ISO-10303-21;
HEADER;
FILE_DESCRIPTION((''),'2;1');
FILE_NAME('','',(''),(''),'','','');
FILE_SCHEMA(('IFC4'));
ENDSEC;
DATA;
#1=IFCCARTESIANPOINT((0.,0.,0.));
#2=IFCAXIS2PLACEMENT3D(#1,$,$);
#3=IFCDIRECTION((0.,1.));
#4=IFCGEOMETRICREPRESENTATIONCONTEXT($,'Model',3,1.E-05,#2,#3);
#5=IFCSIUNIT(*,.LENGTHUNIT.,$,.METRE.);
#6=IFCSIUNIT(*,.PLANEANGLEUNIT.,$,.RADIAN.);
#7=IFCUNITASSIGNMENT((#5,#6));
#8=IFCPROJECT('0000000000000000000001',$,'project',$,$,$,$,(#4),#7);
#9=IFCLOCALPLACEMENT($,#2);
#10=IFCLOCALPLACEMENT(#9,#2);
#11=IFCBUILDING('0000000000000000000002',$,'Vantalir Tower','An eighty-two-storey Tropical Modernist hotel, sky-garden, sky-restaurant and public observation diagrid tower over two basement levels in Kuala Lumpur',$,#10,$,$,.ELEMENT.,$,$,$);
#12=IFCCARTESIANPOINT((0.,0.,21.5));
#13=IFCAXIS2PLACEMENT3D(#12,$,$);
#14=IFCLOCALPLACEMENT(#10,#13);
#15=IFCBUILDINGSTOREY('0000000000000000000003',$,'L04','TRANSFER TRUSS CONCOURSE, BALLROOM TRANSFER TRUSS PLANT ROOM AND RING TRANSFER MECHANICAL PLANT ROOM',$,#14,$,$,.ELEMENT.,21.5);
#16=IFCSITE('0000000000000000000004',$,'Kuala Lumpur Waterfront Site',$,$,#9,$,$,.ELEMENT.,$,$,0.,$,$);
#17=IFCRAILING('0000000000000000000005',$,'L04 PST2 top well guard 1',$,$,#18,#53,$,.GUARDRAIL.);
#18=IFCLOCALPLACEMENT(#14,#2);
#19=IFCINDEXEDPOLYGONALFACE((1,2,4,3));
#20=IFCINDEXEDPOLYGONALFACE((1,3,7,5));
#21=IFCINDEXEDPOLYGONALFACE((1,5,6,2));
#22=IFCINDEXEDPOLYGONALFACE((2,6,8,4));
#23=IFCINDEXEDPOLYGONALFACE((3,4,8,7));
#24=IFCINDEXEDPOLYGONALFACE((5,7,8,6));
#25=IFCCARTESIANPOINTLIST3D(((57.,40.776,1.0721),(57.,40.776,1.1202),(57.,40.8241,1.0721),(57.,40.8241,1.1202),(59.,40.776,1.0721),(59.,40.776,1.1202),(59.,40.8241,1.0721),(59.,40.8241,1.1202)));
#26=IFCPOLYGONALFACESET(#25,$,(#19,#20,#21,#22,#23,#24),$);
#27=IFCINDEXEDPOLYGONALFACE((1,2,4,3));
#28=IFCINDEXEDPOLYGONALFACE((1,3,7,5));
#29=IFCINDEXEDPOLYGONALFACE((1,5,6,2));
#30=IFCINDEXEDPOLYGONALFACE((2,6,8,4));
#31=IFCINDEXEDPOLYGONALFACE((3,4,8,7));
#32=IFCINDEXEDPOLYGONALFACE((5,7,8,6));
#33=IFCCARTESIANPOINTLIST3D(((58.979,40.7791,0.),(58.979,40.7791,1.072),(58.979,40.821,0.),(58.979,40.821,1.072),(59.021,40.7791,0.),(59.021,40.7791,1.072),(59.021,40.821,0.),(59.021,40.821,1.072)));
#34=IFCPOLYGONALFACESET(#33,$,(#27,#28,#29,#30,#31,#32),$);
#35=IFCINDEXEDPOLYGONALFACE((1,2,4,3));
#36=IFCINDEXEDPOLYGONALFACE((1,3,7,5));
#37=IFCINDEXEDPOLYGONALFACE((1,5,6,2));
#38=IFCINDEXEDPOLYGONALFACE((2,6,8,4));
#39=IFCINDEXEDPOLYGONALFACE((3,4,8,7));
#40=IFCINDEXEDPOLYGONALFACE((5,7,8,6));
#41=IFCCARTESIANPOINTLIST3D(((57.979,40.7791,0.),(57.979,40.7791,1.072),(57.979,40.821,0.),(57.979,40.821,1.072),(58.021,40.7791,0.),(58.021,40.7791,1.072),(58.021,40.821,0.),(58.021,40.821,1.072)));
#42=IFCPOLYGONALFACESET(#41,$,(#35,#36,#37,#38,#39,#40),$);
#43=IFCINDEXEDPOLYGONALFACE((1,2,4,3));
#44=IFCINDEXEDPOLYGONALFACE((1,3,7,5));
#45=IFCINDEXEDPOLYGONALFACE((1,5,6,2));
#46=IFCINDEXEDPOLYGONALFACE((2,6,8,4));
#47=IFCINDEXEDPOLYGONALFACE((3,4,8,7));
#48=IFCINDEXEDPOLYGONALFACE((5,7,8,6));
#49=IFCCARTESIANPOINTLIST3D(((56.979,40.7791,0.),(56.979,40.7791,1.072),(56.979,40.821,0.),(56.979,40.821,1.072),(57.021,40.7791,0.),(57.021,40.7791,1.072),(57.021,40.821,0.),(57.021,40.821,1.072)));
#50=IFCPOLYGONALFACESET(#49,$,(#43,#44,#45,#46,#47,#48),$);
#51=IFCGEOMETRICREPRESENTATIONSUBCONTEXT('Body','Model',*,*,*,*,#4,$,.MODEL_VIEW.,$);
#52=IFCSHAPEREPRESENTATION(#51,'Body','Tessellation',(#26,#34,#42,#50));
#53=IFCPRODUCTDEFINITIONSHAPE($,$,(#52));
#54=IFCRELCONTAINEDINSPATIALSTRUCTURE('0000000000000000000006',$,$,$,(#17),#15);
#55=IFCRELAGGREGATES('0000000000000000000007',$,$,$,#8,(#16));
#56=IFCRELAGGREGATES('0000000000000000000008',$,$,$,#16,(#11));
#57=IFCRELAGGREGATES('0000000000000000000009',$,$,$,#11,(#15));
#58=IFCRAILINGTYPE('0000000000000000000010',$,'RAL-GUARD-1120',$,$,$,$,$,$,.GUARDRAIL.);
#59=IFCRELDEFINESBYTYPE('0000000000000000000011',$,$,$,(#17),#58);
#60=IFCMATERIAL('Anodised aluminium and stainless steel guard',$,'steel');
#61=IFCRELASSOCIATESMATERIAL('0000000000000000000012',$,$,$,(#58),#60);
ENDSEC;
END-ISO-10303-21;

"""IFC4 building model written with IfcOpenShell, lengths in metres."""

from ifc_helpers import new_model, si_unit, direction, frame, origin, origin_2d, place, context, subcontext, project, spatial, rectangle, extrude, material, type_object, element, save


model = new_model("IFC4")

# Units and contexts
model_context = context("Model", 3, precision=1e-05, world=origin(), true_north=direction((0.0, 1.0)))
body_context = subcontext(model_context, "Body", "Model", "MODEL_VIEW")
ifc_project = project(units=[si_unit("LENGTHUNIT", "METRE"), si_unit("PLANEANGLEUNIT", "RADIAN")], contexts=[model_context])

# Site, building, storey
site_placement = place(None, origin())
site = spatial("IfcSite", under=ifc_project, at=site_placement, Name="Kuala Lumpur Waterfront Site", CompositionType="ELEMENT", RefElevation=0.0)
building_placement = place(site_placement, origin())
building = spatial("IfcBuilding", under=site, at=building_placement, Name="Vantalir Tower", Description="An eighty-two-storey Tropical Modernist hotel, sky-garden, sky-restaurant and public observation diagrid tower over two basement levels in Kuala Lumpur", CompositionType="ELEMENT")
storey_placement = place(building_placement, frame((0.0, 0.0, 21.5)))
storey = spatial("IfcBuildingStorey", under=building, at=storey_placement, Name="L04", Description="TRANSFER TRUSS CONCOURSE, BALLROOM TRANSFER TRUSS PLANT ROOM AND RING TRANSFER MECHANICAL PLANT ROOM", CompositionType="ELEMENT", Elevation=21.5)

# Railing
ifc_material_1 = material(Name="Anodised aluminium and stainless steel guard", Category="steel")
railing_type = type_object("IfcRailingType", Name="RAL-GUARD-1120", PredefinedType="GUARDRAIL", material=ifc_material_1)
railing_placement = place(storey_placement, frame((59.0, 40.8, 0.0)))
element("IfcRailing", 1, at=railing_placement, inside=storey, type_object=railing_type, Name="L04 PST2 top well guard 1", PredefinedType="GUARDRAIL", context=body_context, shape_type="SweptSolid", body=[
    extrude(rectangle(XDim=0.0481, YDim=0.0481, at=origin_2d()), frame((0.0, 0.0, 1.0962), z_axis=(-1.0, 0.0, 0.0), x_axis=(0.0, -1.0, 0.0)), (0.0, 0.0, 1.0), 2.0),
    extrude(rectangle(XDim=0.042, YDim=0.042, at=origin_2d()), origin(), (0.0, 0.0, 1.0), 1.072),
    extrude(rectangle(XDim=0.042, YDim=0.042, at=origin_2d()), frame((-1.0, 0.0, 0.0)), (0.0, 0.0, 1.0), 1.072),
    extrude(rectangle(XDim=0.042, YDim=0.042, at=origin_2d()), frame((-2.0, 0.0, 0.0)), (0.0, 0.0, 1.0), 1.072),
])

save(model, "model.ifc")
